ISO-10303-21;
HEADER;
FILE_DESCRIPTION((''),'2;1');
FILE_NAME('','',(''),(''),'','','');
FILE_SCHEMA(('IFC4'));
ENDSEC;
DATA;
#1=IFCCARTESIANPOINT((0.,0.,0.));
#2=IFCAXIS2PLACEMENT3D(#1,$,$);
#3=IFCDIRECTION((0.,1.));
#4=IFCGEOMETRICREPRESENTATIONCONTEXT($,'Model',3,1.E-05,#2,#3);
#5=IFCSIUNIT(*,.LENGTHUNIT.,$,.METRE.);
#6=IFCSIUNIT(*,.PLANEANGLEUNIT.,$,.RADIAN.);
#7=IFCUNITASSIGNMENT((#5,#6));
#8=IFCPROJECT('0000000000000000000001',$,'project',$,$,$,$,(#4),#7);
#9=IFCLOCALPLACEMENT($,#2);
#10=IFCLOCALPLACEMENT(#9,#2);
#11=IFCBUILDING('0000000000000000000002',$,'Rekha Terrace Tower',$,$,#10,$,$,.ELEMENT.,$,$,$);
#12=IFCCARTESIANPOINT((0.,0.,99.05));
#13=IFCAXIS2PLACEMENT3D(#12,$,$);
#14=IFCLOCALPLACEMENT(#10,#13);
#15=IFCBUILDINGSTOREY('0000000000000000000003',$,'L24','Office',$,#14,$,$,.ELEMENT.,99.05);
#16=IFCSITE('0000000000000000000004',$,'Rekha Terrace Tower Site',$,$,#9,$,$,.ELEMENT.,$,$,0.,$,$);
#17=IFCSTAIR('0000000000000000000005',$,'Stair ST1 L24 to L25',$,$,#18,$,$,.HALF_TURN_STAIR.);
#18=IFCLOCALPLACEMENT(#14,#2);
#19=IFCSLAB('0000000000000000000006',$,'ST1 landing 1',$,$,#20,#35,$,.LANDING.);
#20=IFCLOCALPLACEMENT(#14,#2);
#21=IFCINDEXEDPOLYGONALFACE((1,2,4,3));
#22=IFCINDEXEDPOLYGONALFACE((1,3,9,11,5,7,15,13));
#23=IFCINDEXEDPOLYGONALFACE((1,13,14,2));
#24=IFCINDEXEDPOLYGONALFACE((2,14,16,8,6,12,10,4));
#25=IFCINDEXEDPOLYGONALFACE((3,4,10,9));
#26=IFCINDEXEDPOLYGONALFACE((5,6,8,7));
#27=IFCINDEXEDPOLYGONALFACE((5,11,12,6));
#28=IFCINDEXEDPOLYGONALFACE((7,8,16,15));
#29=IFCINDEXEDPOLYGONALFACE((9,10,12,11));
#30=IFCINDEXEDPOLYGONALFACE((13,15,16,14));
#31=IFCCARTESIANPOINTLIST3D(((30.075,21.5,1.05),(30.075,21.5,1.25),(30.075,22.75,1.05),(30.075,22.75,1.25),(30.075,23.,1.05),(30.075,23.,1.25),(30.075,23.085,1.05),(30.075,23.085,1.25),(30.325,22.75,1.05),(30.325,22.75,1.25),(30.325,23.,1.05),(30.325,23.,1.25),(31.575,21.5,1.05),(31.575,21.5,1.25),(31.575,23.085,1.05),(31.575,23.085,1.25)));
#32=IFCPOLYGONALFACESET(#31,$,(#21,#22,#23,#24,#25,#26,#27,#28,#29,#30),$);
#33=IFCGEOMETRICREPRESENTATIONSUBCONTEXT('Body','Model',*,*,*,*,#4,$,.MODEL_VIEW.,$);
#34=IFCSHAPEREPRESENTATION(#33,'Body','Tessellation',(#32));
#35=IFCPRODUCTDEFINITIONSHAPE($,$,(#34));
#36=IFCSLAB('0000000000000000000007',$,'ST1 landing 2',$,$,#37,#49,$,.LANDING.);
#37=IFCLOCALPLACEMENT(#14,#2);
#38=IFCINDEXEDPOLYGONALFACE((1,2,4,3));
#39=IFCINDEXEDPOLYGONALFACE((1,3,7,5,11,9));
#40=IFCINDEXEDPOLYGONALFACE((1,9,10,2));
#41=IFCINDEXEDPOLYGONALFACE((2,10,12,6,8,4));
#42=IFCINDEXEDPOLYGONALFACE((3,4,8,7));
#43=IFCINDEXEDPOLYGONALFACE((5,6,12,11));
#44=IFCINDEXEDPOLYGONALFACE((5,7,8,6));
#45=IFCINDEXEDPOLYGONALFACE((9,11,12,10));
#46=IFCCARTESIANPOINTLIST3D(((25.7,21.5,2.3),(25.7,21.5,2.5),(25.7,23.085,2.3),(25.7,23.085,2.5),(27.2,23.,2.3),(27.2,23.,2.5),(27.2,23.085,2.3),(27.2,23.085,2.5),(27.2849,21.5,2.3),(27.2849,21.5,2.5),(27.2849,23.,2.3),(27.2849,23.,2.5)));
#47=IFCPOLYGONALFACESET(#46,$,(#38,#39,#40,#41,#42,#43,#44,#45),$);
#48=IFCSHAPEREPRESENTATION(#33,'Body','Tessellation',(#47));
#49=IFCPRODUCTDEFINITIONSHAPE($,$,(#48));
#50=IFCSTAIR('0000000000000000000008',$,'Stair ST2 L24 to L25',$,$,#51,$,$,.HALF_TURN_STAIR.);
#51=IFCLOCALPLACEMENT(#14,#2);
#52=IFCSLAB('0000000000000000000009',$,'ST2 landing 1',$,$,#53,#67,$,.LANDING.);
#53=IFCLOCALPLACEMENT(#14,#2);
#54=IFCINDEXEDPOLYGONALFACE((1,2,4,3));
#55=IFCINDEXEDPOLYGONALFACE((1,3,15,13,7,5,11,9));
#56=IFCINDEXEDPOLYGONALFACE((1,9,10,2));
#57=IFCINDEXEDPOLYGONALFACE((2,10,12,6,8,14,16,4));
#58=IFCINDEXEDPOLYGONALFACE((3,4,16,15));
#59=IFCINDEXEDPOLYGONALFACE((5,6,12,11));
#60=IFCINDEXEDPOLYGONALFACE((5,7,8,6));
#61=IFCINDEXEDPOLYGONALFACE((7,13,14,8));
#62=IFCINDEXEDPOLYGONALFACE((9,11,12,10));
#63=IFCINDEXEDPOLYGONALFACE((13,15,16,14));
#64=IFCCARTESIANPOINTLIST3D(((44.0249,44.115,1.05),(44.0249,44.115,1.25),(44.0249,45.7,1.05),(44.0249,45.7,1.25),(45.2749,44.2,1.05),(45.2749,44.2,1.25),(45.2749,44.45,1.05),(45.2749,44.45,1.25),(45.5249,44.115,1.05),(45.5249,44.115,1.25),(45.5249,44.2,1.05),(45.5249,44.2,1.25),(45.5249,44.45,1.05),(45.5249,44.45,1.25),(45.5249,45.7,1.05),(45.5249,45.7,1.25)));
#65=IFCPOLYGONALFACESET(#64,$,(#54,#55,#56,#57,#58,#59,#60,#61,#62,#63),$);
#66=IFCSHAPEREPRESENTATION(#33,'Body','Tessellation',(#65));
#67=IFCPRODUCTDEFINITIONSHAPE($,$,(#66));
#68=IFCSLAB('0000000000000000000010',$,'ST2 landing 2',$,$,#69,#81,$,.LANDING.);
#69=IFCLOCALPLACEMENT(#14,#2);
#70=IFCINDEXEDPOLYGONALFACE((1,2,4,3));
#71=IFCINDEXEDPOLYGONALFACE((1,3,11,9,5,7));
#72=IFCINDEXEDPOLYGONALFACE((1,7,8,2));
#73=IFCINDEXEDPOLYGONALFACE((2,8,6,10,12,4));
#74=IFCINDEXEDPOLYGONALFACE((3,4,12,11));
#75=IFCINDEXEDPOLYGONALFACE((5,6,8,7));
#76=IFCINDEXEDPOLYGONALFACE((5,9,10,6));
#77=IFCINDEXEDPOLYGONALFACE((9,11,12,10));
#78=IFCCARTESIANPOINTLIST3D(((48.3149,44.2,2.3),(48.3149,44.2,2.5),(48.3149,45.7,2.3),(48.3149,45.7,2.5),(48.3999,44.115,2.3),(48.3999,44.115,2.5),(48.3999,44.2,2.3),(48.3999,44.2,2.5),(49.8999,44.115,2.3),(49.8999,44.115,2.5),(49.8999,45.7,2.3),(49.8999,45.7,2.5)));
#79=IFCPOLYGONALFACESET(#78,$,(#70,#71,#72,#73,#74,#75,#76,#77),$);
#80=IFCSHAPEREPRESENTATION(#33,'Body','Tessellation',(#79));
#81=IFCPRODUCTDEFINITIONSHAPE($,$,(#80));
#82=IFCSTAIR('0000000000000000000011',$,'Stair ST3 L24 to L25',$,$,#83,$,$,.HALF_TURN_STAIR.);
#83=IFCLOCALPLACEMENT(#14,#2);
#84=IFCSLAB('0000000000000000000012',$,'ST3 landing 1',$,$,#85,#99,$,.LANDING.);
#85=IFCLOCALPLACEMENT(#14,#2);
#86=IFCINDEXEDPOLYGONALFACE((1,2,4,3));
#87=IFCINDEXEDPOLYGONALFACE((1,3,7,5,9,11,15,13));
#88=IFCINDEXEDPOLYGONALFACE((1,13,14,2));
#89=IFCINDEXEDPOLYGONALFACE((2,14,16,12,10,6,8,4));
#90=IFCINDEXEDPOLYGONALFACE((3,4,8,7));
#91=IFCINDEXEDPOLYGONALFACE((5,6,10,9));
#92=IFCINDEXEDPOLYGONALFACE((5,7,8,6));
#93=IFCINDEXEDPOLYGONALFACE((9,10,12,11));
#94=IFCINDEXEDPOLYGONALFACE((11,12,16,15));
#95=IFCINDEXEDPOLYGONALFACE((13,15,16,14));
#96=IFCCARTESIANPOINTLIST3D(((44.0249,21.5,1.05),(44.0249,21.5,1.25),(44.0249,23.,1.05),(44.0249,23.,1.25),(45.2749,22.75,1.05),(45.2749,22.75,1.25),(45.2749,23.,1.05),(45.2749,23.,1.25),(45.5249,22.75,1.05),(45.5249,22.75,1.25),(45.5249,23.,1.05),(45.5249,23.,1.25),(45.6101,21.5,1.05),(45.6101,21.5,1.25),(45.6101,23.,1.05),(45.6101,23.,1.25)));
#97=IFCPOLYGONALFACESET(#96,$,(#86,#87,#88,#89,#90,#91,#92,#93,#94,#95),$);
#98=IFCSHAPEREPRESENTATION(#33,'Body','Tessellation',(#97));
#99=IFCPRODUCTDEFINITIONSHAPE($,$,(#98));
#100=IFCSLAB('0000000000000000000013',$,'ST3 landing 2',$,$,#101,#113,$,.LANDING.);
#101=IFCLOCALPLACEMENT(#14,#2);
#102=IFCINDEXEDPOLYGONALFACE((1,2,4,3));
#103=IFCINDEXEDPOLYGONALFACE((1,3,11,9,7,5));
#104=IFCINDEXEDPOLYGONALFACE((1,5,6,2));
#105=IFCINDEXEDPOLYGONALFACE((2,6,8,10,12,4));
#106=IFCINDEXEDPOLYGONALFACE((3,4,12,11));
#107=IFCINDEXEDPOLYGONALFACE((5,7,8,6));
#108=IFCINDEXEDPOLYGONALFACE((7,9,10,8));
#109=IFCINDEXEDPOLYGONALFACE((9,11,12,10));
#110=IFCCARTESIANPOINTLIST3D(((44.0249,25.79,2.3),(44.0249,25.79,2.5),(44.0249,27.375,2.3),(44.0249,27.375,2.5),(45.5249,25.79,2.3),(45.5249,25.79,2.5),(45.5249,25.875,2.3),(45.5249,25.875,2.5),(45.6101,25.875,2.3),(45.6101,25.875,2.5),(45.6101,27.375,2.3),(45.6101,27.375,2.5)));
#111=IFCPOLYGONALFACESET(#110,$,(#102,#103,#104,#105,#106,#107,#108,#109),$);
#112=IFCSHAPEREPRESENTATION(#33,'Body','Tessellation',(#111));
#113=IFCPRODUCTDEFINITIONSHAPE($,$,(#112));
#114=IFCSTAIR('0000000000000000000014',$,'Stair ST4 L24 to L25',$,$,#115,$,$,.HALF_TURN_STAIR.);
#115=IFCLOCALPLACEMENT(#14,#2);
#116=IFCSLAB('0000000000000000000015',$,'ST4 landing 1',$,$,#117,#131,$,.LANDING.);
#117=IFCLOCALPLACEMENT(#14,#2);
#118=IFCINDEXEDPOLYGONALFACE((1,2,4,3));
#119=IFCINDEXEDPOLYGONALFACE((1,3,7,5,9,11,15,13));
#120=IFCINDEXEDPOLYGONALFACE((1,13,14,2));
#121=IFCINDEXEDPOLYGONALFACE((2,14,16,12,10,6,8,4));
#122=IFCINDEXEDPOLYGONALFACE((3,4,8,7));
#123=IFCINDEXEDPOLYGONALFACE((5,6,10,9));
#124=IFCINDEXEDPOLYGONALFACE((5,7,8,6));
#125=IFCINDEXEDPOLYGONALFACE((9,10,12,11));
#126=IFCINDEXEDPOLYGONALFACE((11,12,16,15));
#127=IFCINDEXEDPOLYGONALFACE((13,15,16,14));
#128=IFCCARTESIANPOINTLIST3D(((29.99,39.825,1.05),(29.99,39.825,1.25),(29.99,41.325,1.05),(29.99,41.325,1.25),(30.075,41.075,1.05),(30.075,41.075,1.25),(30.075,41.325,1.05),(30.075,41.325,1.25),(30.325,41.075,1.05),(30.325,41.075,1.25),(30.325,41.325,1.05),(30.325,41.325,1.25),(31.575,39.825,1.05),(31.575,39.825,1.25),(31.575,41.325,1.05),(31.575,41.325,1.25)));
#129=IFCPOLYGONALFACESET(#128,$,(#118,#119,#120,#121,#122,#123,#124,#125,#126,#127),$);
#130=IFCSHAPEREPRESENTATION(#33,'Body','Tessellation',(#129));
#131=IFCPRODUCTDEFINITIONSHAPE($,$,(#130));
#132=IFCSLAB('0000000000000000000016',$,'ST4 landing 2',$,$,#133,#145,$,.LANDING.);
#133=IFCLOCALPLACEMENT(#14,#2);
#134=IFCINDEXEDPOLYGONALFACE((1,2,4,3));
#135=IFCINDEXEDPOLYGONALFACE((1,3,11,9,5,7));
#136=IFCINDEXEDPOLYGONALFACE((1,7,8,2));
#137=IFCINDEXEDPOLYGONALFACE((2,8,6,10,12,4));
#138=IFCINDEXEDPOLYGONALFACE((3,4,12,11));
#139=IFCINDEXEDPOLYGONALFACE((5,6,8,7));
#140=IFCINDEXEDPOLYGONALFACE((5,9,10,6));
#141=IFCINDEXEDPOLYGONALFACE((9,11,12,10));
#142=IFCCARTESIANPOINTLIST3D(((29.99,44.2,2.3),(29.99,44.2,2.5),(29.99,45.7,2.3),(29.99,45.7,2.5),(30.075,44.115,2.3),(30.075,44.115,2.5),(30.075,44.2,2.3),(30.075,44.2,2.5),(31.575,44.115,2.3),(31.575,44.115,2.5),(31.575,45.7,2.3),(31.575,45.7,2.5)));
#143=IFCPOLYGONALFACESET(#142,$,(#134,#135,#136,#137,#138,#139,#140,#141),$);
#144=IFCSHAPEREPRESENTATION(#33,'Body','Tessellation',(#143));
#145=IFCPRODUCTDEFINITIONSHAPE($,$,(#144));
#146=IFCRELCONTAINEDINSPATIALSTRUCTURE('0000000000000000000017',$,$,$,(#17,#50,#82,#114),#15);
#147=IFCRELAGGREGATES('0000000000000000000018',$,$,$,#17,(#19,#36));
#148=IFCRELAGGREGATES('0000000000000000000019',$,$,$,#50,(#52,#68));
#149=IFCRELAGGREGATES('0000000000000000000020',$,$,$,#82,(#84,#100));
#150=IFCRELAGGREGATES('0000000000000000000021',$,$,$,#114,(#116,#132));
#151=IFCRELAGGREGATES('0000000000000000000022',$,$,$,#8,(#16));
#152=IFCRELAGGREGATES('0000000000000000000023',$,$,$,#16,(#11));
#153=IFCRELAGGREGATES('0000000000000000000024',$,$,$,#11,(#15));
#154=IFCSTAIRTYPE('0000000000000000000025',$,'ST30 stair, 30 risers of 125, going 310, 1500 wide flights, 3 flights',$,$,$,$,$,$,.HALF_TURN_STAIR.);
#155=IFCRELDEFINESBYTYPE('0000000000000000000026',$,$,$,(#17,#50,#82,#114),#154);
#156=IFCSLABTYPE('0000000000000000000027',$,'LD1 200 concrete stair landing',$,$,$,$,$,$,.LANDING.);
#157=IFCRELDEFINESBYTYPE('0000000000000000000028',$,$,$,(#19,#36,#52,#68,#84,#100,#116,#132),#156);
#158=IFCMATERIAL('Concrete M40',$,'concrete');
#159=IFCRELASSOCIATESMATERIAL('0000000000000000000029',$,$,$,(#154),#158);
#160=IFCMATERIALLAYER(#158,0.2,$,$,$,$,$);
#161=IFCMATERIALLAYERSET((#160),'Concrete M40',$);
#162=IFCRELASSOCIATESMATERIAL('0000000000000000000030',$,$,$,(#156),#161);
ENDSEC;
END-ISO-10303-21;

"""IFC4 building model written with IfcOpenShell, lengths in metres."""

from ifc_helpers import new_model, si_unit, direction, frame, origin, place, context, subcontext, project, spatial, polyline, outline, extrude, material, layer, layer_set, type_object, element, aggregate, save


model = new_model("IFC4")

# Units and contexts
model_context = context("Model", 3, precision=1e-05, world=origin(), true_north=direction((0.0, 1.0)))
body_context = subcontext(model_context, "Body", "Model", "MODEL_VIEW")
ifc_project = project(units=[si_unit("LENGTHUNIT", "METRE"), si_unit("PLANEANGLEUNIT", "RADIAN")], contexts=[model_context])

# Site, building, storey
site_placement = place(None, origin())
site = spatial("IfcSite", under=ifc_project, at=site_placement, Name="Rekha Terrace Tower Site", CompositionType="ELEMENT", RefElevation=0.0)
building_placement = place(site_placement, origin())
building = spatial("IfcBuilding", under=site, at=building_placement, Name="Rekha Terrace Tower", CompositionType="ELEMENT")
storey_placement = place(building_placement, frame((0.0, 0.0, 99.05)))
storey = spatial("IfcBuildingStorey", under=building, at=storey_placement, Name="L24", Description="Office", CompositionType="ELEMENT", Elevation=99.05)

# Stairs, slabs
ifc_material_1 = material(Name="Concrete M40", Category="concrete")
stair_type = type_object("IfcStairType", Name="ST30 stair, 30 risers of 125, going 310, 1500 wide flights, 3 flights", PredefinedType="HALF_TURN_STAIR", material=ifc_material_1)
stair_1_placement = place(storey_placement, origin())
stair_1 = element("IfcStair", 1, at=stair_1_placement, inside=storey, type_object=stair_type, Name="Stair ST1 L24 to L25", PredefinedType="HALF_TURN_STAIR")
ifc_layer_1 = layer(ifc_material_1, 0.2)
ifc_layer_set_1 = layer_set([ifc_layer_1], Name="Concrete M40")
slab_type_1 = type_object("IfcSlabType", Name="LD1 200 concrete stair landing", PredefinedType="LANDING", material=ifc_layer_set_1)
slab_1_placement = place(storey_placement, frame((0.0, 0.0, 1.05)))
slab_1 = element("IfcSlab", 2, at=slab_1_placement, type_object=slab_type_1, Name="ST1 landing 1", PredefinedType="LANDING", context=body_context, shape_type="SweptSolid", body=[
    extrude(outline(polyline([(30.075, 21.5), (31.575, 21.5), (31.575, 23.085), (30.075, 23.085), (30.075, 23.0), (30.325, 23.0), (30.325, 22.75), (30.075, 22.75), (30.075, 21.5)])), origin(), (0.0, 0.0, 1.0), 0.2),
])
slab_2_placement = place(storey_placement, frame((0.0, 0.0, 2.3)))
slab_2 = element("IfcSlab", 3, at=slab_2_placement, type_object=slab_type_1, Name="ST1 landing 2", PredefinedType="LANDING", context=body_context, shape_type="SweptSolid", body=[
    extrude(outline(polyline([(27.2, 23.085), (25.7, 23.085), (25.7, 21.5), (27.2849, 21.5), (27.2849, 23.0), (27.2, 23.0), (27.2, 23.085)])), origin(), (0.0, 0.0, 1.0), 0.2),
])
aggregate(stair_1, [slab_1, slab_2])
stair_2_placement = place(storey_placement, origin())
stair_2 = element("IfcStair", 4, at=stair_2_placement, inside=storey, type_object=stair_type, Name="Stair ST2 L24 to L25", PredefinedType="HALF_TURN_STAIR")
slab_3_placement = place(storey_placement, frame((0.0, 0.0, 1.05)))
slab_3 = element("IfcSlab", 5, at=slab_3_placement, type_object=slab_type_1, Name="ST2 landing 1", PredefinedType="LANDING", context=body_context, shape_type="SweptSolid", body=[
    extrude(outline(polyline([(45.5249, 45.7), (44.0249, 45.7), (44.0249, 44.115), (45.5249, 44.115), (45.5249, 44.2), (45.2749, 44.2), (45.2749, 44.45), (45.5249, 44.45), (45.5249, 45.7)])), origin(), (0.0, 0.0, 1.0), 0.2),
])
slab_4_placement = place(storey_placement, frame((0.0, 0.0, 2.3)))
slab_4 = element("IfcSlab", 6, at=slab_4_placement, type_object=slab_type_1, Name="ST2 landing 2", PredefinedType="LANDING", context=body_context, shape_type="SweptSolid", body=[
    extrude(outline(polyline([(48.3999, 44.115), (49.8999, 44.115), (49.8999, 45.7), (48.3149, 45.7), (48.3149, 44.2), (48.3999, 44.2), (48.3999, 44.115)])), origin(), (0.0, 0.0, 1.0), 0.2),
])
aggregate(stair_2, [slab_3, slab_4])
stair_3_placement = place(storey_placement, origin())
stair_3 = element("IfcStair", 7, at=stair_3_placement, inside=storey, type_object=stair_type, Name="Stair ST3 L24 to L25", PredefinedType="HALF_TURN_STAIR")
slab_5_placement = place(storey_placement, frame((0.0, 0.0, 1.05)))
slab_5 = element("IfcSlab", 8, at=slab_5_placement, type_object=slab_type_1, Name="ST3 landing 1", PredefinedType="LANDING", context=body_context, shape_type="SweptSolid", body=[
    extrude(outline(polyline([(44.0249, 23.0), (44.0249, 21.5), (45.6101, 21.5), (45.6101, 23.0), (45.5249, 23.0), (45.5249, 22.75), (45.2749, 22.75), (45.2749, 23.0), (44.0249, 23.0)])), origin(), (0.0, 0.0, 1.0), 0.2),
])
slab_6_placement = place(storey_placement, frame((0.0, 0.0, 2.3)))
slab_6 = element("IfcSlab", 9, at=slab_6_placement, type_object=slab_type_1, Name="ST3 landing 2", PredefinedType="LANDING", context=body_context, shape_type="SweptSolid", body=[
    extrude(outline(polyline([(45.6101, 25.875), (45.6101, 27.375), (44.0249, 27.375), (44.0249, 25.79), (45.5249, 25.79), (45.5249, 25.875), (45.6101, 25.875)])), origin(), (0.0, 0.0, 1.0), 0.2),
])
aggregate(stair_3, [slab_5, slab_6])
stair_4_placement = place(storey_placement, origin())
stair_4 = element("IfcStair", 10, at=stair_4_placement, inside=storey, type_object=stair_type, Name="Stair ST4 L24 to L25", PredefinedType="HALF_TURN_STAIR")
slab_7_placement = place(storey_placement, frame((0.0, 0.0, 1.05)))
slab_7 = element("IfcSlab", 11, at=slab_7_placement, type_object=slab_type_1, Name="ST4 landing 1", PredefinedType="LANDING", context=body_context, shape_type="SweptSolid", body=[
    extrude(outline(polyline([(31.575, 41.325), (31.575, 39.825), (29.99, 39.825), (29.99, 41.325), (30.075, 41.325), (30.075, 41.075), (30.325, 41.075), (30.325, 41.325), (31.575, 41.325)])), origin(), (0.0, 0.0, 1.0), 0.2),
])
slab_8_placement = place(storey_placement, frame((0.0, 0.0, 2.3)))
slab_8 = element("IfcSlab", 12, at=slab_8_placement, type_object=slab_type_1, Name="ST4 landing 2", PredefinedType="LANDING", context=body_context, shape_type="SweptSolid", body=[
    extrude(outline(polyline([(29.99, 44.2), (29.99, 45.7), (31.575, 45.7), (31.575, 44.115), (30.075, 44.115), (30.075, 44.2), (29.99, 44.2)])), origin(), (0.0, 0.0, 1.0), 0.2),
])
aggregate(stair_4, [slab_7, slab_8])

save(model, "model.ifc")
